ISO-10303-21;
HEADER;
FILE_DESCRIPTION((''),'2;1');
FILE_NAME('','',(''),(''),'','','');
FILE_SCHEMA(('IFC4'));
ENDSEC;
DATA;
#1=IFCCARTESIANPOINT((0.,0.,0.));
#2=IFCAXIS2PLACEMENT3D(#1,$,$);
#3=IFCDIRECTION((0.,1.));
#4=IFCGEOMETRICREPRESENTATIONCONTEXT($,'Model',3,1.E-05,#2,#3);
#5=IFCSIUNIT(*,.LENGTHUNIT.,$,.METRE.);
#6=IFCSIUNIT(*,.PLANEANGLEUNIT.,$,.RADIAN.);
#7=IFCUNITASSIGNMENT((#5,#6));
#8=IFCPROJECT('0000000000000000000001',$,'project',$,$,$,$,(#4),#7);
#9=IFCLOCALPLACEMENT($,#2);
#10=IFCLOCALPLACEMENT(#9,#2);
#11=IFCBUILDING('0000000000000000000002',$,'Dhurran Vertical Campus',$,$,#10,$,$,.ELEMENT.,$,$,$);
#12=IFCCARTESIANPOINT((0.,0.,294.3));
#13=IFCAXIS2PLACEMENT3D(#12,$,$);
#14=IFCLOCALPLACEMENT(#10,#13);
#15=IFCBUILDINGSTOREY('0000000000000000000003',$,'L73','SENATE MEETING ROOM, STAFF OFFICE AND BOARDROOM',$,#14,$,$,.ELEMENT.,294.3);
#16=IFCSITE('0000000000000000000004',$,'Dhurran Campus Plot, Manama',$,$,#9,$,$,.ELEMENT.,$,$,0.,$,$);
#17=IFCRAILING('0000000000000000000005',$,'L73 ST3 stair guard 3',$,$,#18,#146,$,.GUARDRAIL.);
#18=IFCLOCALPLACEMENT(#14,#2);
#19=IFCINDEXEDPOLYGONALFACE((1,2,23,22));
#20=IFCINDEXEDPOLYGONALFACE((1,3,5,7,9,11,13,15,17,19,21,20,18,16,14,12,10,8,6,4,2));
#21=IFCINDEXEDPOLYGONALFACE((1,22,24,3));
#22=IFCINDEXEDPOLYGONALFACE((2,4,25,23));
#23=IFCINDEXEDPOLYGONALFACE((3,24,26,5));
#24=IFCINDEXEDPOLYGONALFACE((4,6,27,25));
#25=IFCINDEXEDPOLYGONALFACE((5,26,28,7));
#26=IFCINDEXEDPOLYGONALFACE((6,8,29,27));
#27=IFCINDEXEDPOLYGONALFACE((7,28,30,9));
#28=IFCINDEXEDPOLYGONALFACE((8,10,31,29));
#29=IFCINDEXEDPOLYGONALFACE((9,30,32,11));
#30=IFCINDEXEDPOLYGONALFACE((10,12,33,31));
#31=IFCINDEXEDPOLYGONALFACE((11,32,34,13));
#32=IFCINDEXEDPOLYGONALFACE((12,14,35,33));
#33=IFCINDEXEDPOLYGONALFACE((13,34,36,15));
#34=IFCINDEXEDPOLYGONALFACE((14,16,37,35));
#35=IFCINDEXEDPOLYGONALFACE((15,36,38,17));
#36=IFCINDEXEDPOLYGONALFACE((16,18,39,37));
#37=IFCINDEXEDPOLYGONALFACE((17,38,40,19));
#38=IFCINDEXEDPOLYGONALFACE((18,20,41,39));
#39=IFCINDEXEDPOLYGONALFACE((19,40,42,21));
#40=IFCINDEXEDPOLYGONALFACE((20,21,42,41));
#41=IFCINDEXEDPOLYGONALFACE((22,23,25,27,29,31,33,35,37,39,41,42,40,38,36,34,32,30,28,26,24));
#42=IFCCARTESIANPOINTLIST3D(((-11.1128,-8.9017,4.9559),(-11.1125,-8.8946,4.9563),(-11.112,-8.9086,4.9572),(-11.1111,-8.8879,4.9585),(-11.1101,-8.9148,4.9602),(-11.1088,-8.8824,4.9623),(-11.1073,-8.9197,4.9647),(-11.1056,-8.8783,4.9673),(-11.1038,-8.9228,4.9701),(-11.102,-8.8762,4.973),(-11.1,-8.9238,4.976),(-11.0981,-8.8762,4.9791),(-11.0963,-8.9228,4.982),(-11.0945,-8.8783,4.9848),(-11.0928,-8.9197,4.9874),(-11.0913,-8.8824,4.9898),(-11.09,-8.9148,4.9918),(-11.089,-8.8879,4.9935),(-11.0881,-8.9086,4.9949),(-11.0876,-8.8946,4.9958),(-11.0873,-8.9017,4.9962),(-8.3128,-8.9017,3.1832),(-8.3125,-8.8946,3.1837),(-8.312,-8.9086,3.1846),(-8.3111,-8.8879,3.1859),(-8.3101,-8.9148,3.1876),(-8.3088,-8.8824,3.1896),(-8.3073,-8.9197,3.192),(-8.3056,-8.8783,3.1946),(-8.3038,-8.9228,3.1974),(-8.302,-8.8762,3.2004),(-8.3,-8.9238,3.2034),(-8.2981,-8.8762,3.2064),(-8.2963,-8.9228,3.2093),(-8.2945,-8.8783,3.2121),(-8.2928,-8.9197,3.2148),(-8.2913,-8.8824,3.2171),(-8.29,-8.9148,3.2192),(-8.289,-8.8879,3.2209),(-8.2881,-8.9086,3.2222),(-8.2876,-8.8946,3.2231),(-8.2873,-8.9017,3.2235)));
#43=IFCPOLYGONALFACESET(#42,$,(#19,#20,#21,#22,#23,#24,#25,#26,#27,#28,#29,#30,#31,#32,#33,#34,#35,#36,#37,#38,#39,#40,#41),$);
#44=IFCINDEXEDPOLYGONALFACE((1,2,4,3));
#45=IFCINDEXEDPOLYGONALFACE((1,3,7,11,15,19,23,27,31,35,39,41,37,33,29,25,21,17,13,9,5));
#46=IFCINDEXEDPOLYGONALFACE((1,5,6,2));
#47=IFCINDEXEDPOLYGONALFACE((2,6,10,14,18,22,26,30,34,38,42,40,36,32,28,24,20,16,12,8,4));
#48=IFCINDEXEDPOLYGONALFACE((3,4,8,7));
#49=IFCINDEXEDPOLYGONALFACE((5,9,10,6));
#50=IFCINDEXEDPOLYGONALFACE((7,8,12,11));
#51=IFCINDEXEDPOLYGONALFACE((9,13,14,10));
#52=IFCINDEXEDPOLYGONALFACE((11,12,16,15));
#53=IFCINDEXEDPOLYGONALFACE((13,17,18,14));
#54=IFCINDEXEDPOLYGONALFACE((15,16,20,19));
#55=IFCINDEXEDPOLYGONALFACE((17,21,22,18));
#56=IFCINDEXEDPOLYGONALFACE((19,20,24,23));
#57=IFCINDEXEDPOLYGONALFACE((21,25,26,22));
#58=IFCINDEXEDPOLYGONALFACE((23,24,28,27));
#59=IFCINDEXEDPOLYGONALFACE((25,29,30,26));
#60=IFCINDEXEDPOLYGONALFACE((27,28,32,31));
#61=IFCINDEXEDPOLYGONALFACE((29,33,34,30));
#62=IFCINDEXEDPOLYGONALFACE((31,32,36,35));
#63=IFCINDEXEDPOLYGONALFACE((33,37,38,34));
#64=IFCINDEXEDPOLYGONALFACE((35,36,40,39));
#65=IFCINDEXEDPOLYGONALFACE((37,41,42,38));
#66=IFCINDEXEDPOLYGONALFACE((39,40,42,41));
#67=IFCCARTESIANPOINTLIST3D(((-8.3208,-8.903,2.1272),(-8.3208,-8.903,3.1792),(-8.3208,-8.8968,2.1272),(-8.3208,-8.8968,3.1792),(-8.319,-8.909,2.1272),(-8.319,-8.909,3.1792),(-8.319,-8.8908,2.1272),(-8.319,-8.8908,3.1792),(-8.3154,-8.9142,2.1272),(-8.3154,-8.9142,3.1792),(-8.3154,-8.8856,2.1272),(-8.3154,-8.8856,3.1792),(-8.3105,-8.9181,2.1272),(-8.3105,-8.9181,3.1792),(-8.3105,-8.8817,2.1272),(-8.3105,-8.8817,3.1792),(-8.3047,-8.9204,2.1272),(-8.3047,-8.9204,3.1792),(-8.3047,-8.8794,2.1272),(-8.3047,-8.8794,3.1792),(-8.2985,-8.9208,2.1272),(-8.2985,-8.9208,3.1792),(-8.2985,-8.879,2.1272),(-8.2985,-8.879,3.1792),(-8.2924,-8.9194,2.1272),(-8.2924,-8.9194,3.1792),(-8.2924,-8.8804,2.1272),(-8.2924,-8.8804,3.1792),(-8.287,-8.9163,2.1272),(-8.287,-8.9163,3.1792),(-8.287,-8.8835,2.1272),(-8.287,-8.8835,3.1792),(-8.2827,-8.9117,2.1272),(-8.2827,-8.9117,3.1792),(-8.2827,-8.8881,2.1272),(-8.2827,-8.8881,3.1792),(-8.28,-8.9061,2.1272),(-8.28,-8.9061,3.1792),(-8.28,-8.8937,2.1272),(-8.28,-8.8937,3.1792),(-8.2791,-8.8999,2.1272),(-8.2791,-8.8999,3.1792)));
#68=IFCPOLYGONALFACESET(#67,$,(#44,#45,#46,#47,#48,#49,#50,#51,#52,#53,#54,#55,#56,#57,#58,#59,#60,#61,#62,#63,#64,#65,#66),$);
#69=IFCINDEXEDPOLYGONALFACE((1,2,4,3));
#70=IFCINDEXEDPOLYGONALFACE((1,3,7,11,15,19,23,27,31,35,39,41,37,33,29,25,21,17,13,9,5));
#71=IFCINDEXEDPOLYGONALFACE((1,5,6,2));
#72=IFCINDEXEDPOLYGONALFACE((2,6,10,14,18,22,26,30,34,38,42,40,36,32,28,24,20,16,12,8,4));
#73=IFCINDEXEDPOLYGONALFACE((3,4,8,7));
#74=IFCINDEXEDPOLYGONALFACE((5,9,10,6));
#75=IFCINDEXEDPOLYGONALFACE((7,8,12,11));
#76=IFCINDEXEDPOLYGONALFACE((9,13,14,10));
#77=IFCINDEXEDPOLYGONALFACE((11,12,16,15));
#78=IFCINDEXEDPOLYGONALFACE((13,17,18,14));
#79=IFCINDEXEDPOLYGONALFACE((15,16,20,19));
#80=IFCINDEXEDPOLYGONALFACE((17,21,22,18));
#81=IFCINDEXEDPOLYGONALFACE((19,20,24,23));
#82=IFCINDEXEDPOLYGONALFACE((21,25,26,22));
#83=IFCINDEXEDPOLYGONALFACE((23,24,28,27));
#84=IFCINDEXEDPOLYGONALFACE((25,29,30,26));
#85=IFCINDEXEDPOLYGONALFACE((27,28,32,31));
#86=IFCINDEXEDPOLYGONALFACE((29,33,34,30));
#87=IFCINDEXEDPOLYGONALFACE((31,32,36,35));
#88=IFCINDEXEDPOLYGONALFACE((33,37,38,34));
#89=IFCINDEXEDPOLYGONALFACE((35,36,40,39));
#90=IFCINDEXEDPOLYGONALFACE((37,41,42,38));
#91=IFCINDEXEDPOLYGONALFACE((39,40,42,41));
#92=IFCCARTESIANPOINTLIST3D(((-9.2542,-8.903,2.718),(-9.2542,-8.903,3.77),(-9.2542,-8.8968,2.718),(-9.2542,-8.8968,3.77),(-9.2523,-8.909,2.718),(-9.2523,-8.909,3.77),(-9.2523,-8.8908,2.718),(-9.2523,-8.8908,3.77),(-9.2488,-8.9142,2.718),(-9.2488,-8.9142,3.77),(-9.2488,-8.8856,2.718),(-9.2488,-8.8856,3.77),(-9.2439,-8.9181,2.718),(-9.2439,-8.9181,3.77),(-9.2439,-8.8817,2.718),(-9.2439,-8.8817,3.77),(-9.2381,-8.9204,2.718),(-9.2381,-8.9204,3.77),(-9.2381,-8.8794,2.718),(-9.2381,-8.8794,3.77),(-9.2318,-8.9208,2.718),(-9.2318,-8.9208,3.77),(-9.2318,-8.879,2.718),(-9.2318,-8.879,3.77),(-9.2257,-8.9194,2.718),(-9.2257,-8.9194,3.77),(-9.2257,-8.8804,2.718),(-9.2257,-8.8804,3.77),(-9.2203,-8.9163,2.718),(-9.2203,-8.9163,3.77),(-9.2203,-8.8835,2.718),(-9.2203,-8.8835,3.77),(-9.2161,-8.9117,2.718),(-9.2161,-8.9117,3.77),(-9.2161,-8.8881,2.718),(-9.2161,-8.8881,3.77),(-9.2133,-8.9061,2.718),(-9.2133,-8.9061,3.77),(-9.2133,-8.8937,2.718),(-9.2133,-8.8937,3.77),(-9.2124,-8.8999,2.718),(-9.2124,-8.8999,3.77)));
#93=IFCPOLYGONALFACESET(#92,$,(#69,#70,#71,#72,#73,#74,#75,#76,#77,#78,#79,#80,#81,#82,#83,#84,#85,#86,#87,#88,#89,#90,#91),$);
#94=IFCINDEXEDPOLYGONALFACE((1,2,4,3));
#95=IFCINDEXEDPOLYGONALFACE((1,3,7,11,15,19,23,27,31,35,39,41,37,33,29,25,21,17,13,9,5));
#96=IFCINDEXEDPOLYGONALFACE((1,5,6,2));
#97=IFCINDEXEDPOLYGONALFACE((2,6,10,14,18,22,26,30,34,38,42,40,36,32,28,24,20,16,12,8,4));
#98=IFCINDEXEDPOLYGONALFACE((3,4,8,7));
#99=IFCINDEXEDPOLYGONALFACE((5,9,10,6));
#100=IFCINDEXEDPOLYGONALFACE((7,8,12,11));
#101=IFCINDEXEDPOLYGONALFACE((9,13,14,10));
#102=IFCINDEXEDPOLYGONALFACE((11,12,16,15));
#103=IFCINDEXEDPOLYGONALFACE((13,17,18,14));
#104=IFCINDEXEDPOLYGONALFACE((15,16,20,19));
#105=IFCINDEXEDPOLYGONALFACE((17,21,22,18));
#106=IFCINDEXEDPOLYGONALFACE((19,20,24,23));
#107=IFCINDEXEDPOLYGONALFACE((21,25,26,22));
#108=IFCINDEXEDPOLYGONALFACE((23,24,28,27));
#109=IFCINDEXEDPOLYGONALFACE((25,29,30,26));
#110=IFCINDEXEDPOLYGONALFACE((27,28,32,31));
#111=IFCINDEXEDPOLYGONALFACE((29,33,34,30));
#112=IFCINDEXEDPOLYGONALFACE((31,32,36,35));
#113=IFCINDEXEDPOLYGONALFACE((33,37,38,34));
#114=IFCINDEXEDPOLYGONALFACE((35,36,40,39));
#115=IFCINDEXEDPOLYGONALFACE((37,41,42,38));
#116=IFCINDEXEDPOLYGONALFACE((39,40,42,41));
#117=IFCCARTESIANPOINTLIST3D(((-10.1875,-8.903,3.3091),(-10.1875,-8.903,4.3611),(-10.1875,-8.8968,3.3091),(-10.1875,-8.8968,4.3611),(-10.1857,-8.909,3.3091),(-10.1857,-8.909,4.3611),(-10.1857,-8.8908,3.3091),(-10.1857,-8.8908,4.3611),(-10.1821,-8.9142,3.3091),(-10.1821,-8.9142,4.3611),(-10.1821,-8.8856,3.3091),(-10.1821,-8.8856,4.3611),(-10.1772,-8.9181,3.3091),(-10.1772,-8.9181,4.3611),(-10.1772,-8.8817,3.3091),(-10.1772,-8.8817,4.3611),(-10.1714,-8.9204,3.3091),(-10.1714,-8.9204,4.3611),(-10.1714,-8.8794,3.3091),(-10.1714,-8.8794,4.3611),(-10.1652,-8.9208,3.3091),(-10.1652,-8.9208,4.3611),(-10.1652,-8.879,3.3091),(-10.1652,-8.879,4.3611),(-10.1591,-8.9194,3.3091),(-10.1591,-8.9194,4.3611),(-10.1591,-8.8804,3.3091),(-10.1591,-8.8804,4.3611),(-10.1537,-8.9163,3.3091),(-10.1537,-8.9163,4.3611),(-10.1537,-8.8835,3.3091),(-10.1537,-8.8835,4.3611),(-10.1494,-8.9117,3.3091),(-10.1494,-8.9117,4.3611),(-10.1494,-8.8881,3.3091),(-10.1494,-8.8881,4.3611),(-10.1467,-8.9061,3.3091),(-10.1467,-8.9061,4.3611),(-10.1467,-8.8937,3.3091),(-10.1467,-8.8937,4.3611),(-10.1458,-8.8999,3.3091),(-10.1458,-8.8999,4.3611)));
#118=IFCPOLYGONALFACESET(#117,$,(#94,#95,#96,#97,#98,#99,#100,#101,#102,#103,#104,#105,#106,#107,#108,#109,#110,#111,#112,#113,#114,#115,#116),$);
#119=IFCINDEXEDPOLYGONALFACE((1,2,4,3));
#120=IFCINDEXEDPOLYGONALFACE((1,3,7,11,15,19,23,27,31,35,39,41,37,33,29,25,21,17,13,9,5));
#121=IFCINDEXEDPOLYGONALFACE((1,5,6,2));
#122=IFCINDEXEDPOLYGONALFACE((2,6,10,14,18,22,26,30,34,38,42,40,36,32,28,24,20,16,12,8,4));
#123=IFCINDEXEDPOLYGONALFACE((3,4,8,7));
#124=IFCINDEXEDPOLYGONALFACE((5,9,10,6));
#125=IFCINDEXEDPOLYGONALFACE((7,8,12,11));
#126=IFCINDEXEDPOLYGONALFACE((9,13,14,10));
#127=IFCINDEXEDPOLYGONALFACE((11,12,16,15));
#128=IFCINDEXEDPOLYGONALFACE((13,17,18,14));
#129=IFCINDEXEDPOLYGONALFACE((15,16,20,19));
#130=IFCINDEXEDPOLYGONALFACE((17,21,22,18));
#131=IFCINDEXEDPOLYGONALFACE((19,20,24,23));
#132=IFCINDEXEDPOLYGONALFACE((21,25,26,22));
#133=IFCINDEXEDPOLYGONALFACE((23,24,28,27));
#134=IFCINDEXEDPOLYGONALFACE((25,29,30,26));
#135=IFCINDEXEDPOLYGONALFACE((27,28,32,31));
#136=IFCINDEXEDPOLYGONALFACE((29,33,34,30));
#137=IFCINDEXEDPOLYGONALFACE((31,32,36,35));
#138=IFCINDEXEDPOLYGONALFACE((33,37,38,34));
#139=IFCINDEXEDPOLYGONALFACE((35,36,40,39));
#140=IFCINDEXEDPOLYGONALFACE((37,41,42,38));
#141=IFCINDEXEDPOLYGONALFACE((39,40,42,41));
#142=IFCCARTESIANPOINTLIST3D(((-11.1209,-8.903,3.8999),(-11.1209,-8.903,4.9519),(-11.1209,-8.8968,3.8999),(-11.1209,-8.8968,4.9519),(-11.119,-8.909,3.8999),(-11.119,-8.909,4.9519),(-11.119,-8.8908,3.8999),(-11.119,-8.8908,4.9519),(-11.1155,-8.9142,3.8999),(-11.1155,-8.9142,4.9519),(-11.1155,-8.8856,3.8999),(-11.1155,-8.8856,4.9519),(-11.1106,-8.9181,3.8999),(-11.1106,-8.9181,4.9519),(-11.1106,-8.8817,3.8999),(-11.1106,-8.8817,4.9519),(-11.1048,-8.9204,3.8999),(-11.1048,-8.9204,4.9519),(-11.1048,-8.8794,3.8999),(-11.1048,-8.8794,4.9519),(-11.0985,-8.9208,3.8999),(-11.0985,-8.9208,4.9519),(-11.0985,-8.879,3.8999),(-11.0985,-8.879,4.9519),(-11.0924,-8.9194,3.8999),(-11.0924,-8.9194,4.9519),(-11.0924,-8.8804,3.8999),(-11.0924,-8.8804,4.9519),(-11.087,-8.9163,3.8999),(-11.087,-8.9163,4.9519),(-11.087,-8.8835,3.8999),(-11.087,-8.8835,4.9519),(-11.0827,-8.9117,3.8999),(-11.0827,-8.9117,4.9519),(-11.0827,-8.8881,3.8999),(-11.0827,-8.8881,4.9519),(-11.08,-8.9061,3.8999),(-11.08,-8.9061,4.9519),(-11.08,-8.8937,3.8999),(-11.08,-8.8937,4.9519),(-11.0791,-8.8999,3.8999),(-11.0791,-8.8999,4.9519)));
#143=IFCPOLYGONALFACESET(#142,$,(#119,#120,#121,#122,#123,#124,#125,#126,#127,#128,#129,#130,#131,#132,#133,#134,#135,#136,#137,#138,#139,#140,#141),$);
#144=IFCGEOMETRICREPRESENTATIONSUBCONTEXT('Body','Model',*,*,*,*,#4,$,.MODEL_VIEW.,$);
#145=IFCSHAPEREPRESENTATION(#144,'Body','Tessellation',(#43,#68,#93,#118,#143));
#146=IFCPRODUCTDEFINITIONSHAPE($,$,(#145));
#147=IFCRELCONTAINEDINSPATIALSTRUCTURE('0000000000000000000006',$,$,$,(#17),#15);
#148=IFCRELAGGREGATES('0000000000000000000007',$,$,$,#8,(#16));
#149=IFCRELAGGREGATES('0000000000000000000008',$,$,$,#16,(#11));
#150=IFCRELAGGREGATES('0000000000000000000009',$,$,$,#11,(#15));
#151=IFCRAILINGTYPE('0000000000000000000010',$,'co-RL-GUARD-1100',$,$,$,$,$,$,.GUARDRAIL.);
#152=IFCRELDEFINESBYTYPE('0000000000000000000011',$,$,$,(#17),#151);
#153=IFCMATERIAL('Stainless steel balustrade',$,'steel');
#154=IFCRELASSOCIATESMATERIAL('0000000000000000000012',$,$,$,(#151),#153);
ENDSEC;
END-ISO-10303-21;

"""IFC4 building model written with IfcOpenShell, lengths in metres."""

from ifc_helpers import new_model, si_unit, direction, frame, origin, origin_2d, place, context, subcontext, project, spatial, circle, extrude, material, type_object, element, save


model = new_model("IFC4")

# Units and contexts
model_context = context("Model", 3, precision=1e-05, world=origin(), true_north=direction((0.0, 1.0)))
body_context = subcontext(model_context, "Body", "Model", "MODEL_VIEW")
ifc_project = project(units=[si_unit("LENGTHUNIT", "METRE"), si_unit("PLANEANGLEUNIT", "RADIAN")], contexts=[model_context])

# Site, building, storey
site_placement = place(None, origin())
site = spatial("IfcSite", under=ifc_project, at=site_placement, Name="Dhurran Campus Plot, Manama", CompositionType="ELEMENT", RefElevation=0.0)
building_placement = place(site_placement, origin())
building = spatial("IfcBuilding", under=site, at=building_placement, Name="Dhurran Vertical Campus", CompositionType="ELEMENT")
storey_placement = place(building_placement, frame((0.0, 0.0, 294.3)))
storey = spatial("IfcBuildingStorey", under=building, at=storey_placement, Name="L73", Description="SENATE MEETING ROOM, STAFF OFFICE AND BOARDROOM", CompositionType="ELEMENT", Elevation=294.3)

# Railing
ifc_material_1 = material(Name="Stainless steel balustrade", Category="steel")
railing_type_1 = type_object("IfcRailingType", Name="co-RL-GUARD-1100", PredefinedType="GUARDRAIL", material=ifc_material_1)
railing_1_placement = place(storey_placement, frame((-8.3, -8.8999, 2.1272)))
element("IfcRailing", 1, at=railing_1_placement, inside=storey, type_object=railing_type_1, Name="L73 ST3 stair guard 3", PredefinedType="GUARDRAIL", context=body_context, shape_type="SweptSolid", body=[
    extrude(circle(Radius=0.0239, at=origin_2d()), frame((0.0, 0.0, 1.0762), z_axis=(-0.844909, 0.0, 0.53491), x_axis=(0.0, -1.0, 0.0)), (0.0, 0.0, 1.0), 3.314),
    extrude(circle(Radius=0.021, at=origin_2d()), origin(), (0.0, 0.0, 1.0), 1.052),
    extrude(circle(Radius=0.021, at=origin_2d()), frame((-0.9333, 0.0, 0.5908)), (0.0, 0.0, 1.0), 1.052),
    extrude(circle(Radius=0.021, at=origin_2d()), frame((-1.8667, 0.0, 1.1819)), (0.0, 0.0, 1.0), 1.052),
    extrude(circle(Radius=0.021, at=origin_2d()), frame((-2.8, 0.0, 1.7727)), (0.0, 0.0, 1.0), 1.052),
])

save(model, "model.ifc")
